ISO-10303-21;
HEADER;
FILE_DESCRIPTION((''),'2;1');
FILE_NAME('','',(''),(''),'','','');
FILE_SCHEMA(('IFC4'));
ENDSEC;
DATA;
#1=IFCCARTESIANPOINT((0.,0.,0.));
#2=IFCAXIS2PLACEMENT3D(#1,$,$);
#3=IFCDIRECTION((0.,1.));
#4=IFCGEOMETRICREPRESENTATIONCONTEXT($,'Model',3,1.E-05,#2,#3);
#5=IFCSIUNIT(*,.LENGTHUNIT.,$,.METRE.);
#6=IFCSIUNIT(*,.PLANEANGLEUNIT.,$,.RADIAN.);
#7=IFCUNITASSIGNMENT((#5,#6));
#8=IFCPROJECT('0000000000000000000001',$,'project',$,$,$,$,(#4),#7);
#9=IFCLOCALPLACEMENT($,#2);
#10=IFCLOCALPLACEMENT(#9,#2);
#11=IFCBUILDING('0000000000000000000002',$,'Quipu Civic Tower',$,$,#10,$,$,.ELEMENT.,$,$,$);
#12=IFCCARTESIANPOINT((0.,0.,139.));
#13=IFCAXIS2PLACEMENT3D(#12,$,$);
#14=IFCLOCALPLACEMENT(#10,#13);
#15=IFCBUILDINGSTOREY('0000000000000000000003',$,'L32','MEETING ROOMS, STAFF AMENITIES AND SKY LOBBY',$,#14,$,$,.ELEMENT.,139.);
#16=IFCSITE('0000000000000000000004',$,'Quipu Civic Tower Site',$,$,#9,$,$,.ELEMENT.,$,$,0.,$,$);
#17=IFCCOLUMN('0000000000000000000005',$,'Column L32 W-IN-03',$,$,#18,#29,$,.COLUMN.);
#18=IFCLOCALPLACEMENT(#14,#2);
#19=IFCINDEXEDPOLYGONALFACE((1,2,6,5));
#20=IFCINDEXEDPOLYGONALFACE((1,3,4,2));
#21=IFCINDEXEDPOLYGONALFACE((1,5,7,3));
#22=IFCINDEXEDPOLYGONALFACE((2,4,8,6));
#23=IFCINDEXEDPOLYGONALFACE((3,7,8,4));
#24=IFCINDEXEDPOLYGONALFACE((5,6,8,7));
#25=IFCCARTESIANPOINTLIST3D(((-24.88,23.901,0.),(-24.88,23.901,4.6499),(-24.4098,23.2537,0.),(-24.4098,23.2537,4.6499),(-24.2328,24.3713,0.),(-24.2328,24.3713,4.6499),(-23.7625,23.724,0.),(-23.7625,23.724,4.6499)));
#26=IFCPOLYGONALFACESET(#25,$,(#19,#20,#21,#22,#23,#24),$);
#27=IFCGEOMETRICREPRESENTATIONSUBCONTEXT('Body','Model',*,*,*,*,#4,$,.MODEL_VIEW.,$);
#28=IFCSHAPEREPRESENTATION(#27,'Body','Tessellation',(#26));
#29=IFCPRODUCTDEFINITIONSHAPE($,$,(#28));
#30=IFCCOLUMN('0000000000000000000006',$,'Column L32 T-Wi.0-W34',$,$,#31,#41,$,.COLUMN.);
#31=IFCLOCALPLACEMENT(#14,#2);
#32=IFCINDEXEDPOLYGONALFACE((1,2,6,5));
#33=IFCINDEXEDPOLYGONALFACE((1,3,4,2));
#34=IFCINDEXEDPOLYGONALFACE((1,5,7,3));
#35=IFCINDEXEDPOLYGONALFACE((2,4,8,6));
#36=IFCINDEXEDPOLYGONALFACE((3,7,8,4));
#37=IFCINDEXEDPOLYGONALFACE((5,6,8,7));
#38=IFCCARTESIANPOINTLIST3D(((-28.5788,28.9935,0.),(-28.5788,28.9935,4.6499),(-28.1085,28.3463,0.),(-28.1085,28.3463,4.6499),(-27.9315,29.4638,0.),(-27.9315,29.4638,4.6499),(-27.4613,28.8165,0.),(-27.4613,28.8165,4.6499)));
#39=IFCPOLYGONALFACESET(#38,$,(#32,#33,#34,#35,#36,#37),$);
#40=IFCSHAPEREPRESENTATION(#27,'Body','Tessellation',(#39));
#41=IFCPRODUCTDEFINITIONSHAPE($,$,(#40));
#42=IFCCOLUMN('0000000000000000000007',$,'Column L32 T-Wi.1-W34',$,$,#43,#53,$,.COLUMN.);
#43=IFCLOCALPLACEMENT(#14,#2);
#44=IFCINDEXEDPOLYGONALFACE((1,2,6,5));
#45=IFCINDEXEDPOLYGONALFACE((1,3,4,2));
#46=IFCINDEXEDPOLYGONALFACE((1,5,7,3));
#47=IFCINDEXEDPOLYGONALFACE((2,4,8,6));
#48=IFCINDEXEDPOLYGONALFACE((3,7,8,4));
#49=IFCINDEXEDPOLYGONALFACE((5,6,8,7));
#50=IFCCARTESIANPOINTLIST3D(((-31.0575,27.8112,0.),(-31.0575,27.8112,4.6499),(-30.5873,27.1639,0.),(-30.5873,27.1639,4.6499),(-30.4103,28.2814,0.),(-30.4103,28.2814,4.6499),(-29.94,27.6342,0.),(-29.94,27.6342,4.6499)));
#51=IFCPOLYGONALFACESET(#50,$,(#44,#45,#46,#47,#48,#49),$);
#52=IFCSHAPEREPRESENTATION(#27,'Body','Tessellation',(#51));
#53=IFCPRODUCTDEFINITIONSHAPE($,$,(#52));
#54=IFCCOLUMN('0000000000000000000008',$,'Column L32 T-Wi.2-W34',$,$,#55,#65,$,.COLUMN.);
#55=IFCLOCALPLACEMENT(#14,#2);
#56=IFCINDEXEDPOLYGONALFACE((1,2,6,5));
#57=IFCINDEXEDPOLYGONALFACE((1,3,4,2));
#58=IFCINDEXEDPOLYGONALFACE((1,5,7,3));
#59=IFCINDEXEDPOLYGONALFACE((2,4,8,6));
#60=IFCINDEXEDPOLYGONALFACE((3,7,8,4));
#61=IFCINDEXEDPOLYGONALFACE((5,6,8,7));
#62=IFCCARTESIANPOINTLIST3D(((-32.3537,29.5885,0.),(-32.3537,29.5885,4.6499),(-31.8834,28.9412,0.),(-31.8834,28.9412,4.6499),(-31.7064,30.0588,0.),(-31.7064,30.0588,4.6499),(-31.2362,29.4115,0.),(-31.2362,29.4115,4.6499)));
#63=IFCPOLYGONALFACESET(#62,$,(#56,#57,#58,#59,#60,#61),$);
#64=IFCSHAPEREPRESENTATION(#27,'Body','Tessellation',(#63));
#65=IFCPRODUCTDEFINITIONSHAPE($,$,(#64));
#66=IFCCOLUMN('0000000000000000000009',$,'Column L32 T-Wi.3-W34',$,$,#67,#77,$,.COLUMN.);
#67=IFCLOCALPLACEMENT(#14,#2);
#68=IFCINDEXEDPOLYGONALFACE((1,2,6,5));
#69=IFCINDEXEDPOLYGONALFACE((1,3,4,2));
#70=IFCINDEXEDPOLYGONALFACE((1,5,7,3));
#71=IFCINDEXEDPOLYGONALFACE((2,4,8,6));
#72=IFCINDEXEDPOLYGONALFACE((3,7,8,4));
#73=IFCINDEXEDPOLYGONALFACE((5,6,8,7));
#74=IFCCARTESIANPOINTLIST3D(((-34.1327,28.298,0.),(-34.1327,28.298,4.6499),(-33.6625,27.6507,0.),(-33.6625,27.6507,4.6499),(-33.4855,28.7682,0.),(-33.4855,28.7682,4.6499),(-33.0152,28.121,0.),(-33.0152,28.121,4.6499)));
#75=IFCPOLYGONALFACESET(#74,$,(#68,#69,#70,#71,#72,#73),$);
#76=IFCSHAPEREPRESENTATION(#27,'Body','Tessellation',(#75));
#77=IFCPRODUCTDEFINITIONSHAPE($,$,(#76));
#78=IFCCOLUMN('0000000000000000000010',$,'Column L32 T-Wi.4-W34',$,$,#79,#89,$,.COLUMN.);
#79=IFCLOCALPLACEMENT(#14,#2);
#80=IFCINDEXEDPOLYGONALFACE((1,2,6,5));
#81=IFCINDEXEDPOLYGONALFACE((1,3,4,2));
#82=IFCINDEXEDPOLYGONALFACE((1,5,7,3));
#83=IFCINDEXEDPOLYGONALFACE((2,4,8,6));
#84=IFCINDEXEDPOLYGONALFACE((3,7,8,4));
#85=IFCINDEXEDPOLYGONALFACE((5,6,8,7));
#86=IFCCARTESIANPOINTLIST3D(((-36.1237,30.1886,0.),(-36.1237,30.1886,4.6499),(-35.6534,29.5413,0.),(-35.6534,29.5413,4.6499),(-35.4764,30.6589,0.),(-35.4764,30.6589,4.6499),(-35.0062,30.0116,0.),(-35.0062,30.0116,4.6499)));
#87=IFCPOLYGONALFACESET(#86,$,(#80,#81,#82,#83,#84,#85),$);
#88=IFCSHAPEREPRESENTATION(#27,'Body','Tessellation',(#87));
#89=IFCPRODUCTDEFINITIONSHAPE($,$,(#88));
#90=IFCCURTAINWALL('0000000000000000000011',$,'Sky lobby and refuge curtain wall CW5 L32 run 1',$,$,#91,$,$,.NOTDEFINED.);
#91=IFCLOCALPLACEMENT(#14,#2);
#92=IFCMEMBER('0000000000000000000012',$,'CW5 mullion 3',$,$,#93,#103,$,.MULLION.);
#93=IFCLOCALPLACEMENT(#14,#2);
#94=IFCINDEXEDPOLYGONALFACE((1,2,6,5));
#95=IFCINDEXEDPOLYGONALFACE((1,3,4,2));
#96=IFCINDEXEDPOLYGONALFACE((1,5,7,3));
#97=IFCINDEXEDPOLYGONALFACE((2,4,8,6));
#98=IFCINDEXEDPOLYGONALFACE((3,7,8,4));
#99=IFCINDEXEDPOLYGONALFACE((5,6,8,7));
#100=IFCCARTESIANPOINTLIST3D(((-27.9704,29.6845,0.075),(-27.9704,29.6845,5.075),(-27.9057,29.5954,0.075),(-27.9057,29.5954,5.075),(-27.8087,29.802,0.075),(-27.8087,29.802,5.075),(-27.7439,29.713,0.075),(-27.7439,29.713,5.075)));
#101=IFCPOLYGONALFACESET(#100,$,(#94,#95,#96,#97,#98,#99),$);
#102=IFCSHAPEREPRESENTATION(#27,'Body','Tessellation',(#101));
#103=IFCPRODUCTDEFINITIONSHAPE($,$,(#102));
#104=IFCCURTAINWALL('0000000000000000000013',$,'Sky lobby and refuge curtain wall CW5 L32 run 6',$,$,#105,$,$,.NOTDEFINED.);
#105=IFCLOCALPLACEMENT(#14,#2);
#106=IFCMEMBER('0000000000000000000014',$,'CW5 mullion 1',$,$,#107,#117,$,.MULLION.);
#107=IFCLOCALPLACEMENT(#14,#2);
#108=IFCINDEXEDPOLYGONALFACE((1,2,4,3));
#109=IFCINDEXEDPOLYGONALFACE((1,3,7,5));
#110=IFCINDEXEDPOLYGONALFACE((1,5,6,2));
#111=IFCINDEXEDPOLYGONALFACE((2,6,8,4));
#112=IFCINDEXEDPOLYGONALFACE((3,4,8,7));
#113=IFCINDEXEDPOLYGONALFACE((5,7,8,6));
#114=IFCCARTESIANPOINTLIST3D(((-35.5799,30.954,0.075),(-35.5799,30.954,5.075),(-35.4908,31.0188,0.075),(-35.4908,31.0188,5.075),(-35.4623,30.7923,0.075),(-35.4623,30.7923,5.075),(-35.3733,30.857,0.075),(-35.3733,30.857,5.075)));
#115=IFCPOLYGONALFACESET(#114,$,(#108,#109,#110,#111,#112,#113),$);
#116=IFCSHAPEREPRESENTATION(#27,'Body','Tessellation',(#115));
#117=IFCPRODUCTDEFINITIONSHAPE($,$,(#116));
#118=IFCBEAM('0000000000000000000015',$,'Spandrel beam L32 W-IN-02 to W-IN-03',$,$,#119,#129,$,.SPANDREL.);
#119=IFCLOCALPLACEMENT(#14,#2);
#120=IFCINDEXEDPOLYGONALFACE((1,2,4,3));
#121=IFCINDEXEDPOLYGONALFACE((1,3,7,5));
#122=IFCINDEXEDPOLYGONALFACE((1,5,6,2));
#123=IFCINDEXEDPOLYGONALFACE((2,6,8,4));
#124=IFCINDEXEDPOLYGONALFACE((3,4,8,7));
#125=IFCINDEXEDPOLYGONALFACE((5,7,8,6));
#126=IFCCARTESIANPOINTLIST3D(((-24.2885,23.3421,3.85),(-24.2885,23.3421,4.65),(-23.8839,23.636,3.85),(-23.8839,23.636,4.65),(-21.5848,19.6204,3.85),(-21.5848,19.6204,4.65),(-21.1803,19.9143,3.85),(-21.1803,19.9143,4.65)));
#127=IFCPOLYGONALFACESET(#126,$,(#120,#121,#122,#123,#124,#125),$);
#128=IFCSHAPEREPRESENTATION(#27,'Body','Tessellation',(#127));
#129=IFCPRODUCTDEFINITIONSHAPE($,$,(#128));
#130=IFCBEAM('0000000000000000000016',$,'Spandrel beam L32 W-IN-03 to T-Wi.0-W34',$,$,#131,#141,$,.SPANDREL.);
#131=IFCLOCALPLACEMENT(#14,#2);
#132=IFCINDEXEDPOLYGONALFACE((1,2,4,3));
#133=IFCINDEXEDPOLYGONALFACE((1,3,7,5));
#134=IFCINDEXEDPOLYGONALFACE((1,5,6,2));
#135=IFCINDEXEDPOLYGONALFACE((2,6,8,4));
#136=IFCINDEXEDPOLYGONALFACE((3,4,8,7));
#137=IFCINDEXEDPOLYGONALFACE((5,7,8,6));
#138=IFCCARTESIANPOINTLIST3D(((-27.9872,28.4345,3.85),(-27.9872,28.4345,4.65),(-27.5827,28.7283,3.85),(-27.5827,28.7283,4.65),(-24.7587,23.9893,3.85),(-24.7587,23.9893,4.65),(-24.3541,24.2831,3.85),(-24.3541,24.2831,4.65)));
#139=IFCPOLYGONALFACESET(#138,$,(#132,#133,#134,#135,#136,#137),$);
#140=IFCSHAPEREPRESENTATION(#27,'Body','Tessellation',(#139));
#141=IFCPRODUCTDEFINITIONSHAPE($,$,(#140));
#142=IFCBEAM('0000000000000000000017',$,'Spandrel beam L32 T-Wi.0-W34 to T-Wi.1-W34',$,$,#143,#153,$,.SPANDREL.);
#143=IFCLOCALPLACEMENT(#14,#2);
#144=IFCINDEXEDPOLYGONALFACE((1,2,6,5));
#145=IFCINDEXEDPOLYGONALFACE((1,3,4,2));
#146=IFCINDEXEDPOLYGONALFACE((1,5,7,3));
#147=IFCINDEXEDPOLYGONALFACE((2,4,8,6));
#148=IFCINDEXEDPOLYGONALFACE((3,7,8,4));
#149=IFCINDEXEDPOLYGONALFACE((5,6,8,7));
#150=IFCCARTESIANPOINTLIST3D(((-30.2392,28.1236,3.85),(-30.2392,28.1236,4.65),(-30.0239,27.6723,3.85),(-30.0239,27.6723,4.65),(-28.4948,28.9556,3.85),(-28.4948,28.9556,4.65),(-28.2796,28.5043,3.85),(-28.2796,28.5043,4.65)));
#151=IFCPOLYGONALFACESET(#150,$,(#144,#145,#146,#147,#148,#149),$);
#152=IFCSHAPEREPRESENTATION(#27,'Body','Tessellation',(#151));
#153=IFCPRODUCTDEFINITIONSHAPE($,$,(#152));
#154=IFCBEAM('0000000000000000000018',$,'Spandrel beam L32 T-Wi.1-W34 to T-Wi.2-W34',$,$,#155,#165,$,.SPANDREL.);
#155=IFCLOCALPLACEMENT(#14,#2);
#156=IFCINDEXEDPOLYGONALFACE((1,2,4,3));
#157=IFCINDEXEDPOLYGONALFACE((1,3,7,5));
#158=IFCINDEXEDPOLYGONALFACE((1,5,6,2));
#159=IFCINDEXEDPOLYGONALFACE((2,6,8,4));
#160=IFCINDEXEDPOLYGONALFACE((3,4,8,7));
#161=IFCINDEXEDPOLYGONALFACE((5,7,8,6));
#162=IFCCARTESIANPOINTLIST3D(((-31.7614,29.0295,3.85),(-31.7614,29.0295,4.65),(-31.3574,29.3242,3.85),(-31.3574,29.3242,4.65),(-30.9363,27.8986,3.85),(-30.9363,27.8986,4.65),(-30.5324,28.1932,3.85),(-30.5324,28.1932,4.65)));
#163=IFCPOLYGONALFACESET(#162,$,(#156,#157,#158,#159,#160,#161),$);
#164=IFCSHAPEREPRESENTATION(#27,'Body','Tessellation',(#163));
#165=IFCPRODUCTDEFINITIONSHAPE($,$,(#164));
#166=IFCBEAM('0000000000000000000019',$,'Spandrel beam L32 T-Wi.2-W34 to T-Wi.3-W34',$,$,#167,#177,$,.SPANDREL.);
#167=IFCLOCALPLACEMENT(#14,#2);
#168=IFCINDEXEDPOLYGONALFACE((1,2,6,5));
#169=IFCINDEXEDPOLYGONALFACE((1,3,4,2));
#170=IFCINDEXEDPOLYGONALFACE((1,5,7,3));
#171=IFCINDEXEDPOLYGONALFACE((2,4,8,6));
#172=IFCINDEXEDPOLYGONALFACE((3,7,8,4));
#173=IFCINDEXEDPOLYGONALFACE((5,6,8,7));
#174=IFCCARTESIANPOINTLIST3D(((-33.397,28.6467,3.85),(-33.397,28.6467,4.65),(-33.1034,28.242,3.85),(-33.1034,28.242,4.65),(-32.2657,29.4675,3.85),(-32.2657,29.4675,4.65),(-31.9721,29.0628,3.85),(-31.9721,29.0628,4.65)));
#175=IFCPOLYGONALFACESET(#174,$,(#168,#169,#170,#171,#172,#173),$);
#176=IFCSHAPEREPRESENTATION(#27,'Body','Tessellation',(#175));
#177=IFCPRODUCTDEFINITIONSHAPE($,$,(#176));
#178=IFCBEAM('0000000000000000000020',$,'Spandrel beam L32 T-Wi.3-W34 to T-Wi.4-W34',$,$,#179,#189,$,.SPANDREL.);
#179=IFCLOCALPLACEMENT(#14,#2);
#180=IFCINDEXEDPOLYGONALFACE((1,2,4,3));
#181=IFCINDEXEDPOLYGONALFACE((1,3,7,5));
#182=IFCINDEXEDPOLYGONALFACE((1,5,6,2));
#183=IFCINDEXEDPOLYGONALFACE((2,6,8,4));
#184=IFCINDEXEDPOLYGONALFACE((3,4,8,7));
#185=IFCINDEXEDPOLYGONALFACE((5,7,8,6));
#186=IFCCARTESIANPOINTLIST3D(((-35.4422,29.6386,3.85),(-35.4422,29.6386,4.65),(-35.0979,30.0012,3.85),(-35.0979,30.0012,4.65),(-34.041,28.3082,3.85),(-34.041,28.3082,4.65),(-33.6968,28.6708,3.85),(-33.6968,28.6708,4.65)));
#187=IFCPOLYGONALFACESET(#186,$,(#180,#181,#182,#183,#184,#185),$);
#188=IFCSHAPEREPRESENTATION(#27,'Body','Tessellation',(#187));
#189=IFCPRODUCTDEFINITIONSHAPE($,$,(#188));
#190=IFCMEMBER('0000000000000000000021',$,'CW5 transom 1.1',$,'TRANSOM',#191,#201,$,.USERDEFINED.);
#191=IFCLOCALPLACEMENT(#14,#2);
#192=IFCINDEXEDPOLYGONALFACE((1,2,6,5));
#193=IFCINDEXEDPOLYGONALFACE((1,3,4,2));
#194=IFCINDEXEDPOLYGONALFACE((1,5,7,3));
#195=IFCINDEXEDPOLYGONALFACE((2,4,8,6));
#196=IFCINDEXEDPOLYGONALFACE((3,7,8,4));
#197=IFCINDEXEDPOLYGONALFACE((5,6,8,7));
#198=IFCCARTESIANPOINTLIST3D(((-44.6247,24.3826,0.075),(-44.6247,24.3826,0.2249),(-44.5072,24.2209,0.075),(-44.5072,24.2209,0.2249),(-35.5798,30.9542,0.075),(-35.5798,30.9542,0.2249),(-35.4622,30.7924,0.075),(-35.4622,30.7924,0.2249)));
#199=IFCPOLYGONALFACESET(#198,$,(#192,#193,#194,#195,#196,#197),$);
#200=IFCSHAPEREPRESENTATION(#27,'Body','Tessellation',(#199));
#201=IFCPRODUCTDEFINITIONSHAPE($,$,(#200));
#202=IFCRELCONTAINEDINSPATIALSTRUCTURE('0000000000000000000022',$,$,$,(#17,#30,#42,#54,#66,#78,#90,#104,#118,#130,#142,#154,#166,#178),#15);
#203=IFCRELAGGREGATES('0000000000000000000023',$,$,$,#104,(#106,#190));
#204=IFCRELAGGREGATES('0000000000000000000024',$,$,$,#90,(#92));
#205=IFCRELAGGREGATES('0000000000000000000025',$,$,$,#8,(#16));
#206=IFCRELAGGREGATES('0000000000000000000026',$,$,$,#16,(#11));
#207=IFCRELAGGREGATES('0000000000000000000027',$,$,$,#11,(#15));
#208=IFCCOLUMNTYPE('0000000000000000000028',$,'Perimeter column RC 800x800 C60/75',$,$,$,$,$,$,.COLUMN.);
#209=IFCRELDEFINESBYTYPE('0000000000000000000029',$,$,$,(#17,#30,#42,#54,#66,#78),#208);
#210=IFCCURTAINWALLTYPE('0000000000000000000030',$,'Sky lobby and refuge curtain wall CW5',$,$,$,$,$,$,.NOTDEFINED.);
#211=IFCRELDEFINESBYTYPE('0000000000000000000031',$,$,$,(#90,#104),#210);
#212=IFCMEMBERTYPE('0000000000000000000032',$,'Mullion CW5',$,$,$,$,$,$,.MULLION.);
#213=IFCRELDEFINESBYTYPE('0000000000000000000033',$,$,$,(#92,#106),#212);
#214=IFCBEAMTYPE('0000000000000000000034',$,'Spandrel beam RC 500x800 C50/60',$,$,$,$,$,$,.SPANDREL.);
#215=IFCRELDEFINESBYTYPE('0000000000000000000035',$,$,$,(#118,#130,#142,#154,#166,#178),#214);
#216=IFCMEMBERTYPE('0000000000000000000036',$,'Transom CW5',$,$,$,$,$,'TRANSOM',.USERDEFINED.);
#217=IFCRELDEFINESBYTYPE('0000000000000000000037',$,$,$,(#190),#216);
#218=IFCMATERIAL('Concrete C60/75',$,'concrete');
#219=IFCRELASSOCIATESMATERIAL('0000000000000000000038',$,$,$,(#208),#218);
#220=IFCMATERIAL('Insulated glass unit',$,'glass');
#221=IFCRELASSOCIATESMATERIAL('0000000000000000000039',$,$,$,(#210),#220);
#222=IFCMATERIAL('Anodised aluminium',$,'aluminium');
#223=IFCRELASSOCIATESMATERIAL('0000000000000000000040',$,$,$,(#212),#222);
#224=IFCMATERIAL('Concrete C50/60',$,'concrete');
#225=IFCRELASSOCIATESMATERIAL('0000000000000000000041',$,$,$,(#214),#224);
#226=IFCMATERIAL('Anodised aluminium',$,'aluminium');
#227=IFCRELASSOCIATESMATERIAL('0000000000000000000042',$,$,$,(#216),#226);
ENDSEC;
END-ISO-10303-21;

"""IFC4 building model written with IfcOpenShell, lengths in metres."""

from ifc_helpers import new_model, si_unit, direction, frame, origin, origin_2d, place, context, subcontext, project, spatial, rectangle, extrude, material, material_profile, profile_set, type_object, element, aggregate, save


model = new_model("IFC4")

# Units and contexts
model_context = context("Model", 3, precision=1e-05, world=origin(), true_north=direction((0.0, 1.0)))
body_context = subcontext(model_context, "Body", "Model", "MODEL_VIEW")
ifc_project = project(units=[si_unit("LENGTHUNIT", "METRE"), si_unit("PLANEANGLEUNIT", "RADIAN")], contexts=[model_context])

# Site, building, storey
site_placement = place(None, origin())
site = spatial("IfcSite", under=ifc_project, at=site_placement, Name="Quipu Civic Tower Site", CompositionType="ELEMENT", RefElevation=0.0)
building_placement = place(site_placement, origin())
building = spatial("IfcBuilding", under=site, at=building_placement, Name="Quipu Civic Tower", CompositionType="ELEMENT")
storey_placement = place(building_placement, frame((0.0, 0.0, 139.0)))
storey = spatial("IfcBuildingStorey", under=building, at=storey_placement, Name="L32", Description="MEETING ROOMS, STAFF AMENITIES AND SKY LOBBY", CompositionType="ELEMENT", Elevation=139.0)

# Columns
ifc_material_1 = material(Name="Concrete C60/75", Category="concrete")
ifc_material_profile_1 = material_profile(ifc_material_1, rectangle(XDim=0.8, YDim=0.8, at=origin_2d()), Name="RC800x800")
ifc_profile_set_1 = profile_set([ifc_material_profile_1], Name="Concrete C60/75")
column_type = type_object("IfcColumnType", Name="Perimeter column RC 800x800 C60/75", PredefinedType="COLUMN", material=ifc_profile_set_1)
for number, where, z_axis, x_axis, name in (
    (1, (-24.3213, 23.8125, 0.0), (0.0, 0.0, 1.0), (-0.587785, 0.809017, 0.0), "Column L32 W-IN-03"),
    (2, (-28.02, 28.905, 0.0), (0.0, 0.0, 1.0), (-0.809017, -0.587785, 0.0), "Column L32 T-Wi.0-W34"),
    (3, (-30.4988, 27.7227, 0.0), (0.0, 0.0, 1.0), (-0.809017, -0.587785, 0.0), "Column L32 T-Wi.1-W34"),
    (4, (-31.7949, 29.5, 0.0), (0.0, 0.0, 1.0), (-0.587785, 0.809017, 0.0), "Column L32 T-Wi.2-W34"),
    (5, (-33.574, 28.2095, 0.0), (0.0, 0.0, 1.0), (-0.587785, 0.809017, 0.0), "Column L32 T-Wi.3-W34"),
    (6, (-35.5649, 30.1001, 0.0), (0.0, 0.0, 1.0), (-0.809017, -0.587785, 0.0), "Column L32 T-Wi.4-W34"),
):
    element("IfcColumn", number, at=place(storey_placement, frame(where, z_axis=z_axis, x_axis=x_axis)), inside=storey, type_object=column_type, Name=name, PredefinedType="COLUMN", context=body_context, shape_type="SweptSolid", body=[
        extrude(rectangle(XDim=0.8, YDim=0.8, at=origin_2d()), origin(), (0.0, 0.0, 1.0), 4.6499),
    ])

# Curtain walls, members
ifc_material_2 = material(Name="Insulated glass unit", Category="glass")
curtain_wall_type = type_object("IfcCurtainWallType", Name="Sky lobby and refuge curtain wall CW5", PredefinedType="NOTDEFINED", material=ifc_material_2)
curtain_wall_1_placement = place(storey_placement, origin())
curtain_wall_1 = element("IfcCurtainWall", 7, at=curtain_wall_1_placement, inside=storey, type_object=curtain_wall_type, Name="Sky lobby and refuge curtain wall CW5 L32 run 1", PredefinedType="NOTDEFINED")
ifc_material_3 = material(Name="Anodised aluminium", Category="aluminium")
ifc_material_profile_2 = material_profile(ifc_material_3, rectangle(XDim=0.2, YDim=0.1101, at=origin_2d()), Name="RECT 200x110")
ifc_profile_set_2 = profile_set([ifc_material_profile_2], Name="Anodised aluminium")
member_type_1 = type_object("IfcMemberType", Name="Mullion CW5", PredefinedType="MULLION", material=ifc_profile_set_2)
member_1_placement = place(storey_placement, frame((-27.8572, 29.6987, 0.075), z_axis=(0.0, 0.0, 1.0), x_axis=(-0.809014, -0.587789, 0.0)))
member_1 = element("IfcMember", 8, at=member_1_placement, type_object=member_type_1, Name="CW5 mullion 3", PredefinedType="MULLION", context=body_context, shape_type="SweptSolid", body=[
    extrude(rectangle(XDim=0.2, YDim=0.1101, at=origin_2d()), origin(), (0.0, 0.0, 1.0), 5.0),
])
curtain_wall_2_placement = place(storey_placement, origin())
curtain_wall_2 = element("IfcCurtainWall", 9, at=curtain_wall_2_placement, inside=storey, type_object=curtain_wall_type, Name="Sky lobby and refuge curtain wall CW5 L32 run 6", PredefinedType="NOTDEFINED")
member_2_placement = place(storey_placement, frame((-35.4766, 30.9055, 0.075), z_axis=(0.0, 0.0, 1.0), x_axis=(0.587788, -0.809015, 0.0)))
member_2 = element("IfcMember", 10, at=member_2_placement, type_object=member_type_1, Name="CW5 mullion 1", PredefinedType="MULLION", context=body_context, shape_type="SweptSolid", body=[
    extrude(rectangle(XDim=0.2, YDim=0.1101, at=origin_2d()), origin(), (0.0, 0.0, 1.0), 5.0),
])

# Beams
ifc_material_4 = material(Name="Concrete C50/60", Category="concrete")
ifc_material_profile_3 = material_profile(ifc_material_4, rectangle(XDim=0.5, YDim=0.8, at=origin_2d()), Name="RC500x800")
ifc_profile_set_3 = profile_set([ifc_material_profile_3], Name="Concrete C50/60")
beam_type = type_object("IfcBeamType", Name="Spandrel beam RC 500x800 C50/60", PredefinedType="SPANDREL", material=ifc_profile_set_3)
beam_1_placement = place(storey_placement, frame((-21.3826, 19.7673, 4.25), z_axis=(-0.587736, 0.809053, 0.0), x_axis=(-0.809053, -0.587736, 0.0)))
element("IfcBeam", 11, at=beam_1_placement, inside=storey, type_object=beam_type, Name="Spandrel beam L32 W-IN-02 to W-IN-03", PredefinedType="SPANDREL", context=body_context, shape_type="SweptSolid", body=[
    extrude(rectangle(XDim=0.5, YDim=0.8, at=origin_2d()), origin(), (0.0, 0.0, 1.0), 4.6001),
])
beam_2_placement = place(storey_placement, frame((-24.5564, 24.1362, 4.25), z_axis=(-0.587664, 0.809105, 0.0), x_axis=(-0.809105, -0.587664, 0.0)))
element("IfcBeam", 12, at=beam_2_placement, inside=storey, type_object=beam_type, Name="Spandrel beam L32 W-IN-03 to T-Wi.0-W34", PredefinedType="SPANDREL", context=body_context, shape_type="SweptSolid", body=[
    extrude(rectangle(XDim=0.5, YDim=0.8, at=origin_2d()), origin(), (0.0, 0.0, 1.0), 5.4939),
])
beam_3_placement = place(storey_placement, frame((-28.3872, 28.73, 4.25), z_axis=(-0.902585, -0.430512, 0.0), x_axis=(0.430512, -0.902585, 0.0)))
element("IfcBeam", 13, at=beam_3_placement, inside=storey, type_object=beam_type, Name="Spandrel beam L32 T-Wi.0-W34 to T-Wi.1-W34", PredefinedType="SPANDREL", context=body_context, shape_type="SweptSolid", body=[
    extrude(rectangle(XDim=0.5, YDim=0.8, at=origin_2d()), origin(), (0.0, 0.0, 1.0), 1.9326),
])
beam_4_placement = place(storey_placement, frame((-30.7344, 28.0459, 4.25), z_axis=(-0.589343, 0.807883, 0.0), x_axis=(-0.807883, -0.589343, 0.0)))
element("IfcBeam", 14, at=beam_4_placement, inside=storey, type_object=beam_type, Name="Spandrel beam L32 T-Wi.1-W34 to T-Wi.2-W34", PredefinedType="SPANDREL", context=body_context, shape_type="SweptSolid", body=[
    extrude(rectangle(XDim=0.5, YDim=0.8, at=origin_2d()), origin(), (0.0, 0.0, 1.0), 1.3999),
])
beam_5_placement = place(storey_placement, frame((-32.1189, 29.2651, 4.25), z_axis=(-0.809415, -0.587237, 0.0), x_axis=(0.587237, -0.809415, 0.0)))
element("IfcBeam", 15, at=beam_5_placement, inside=storey, type_object=beam_type, Name="Spandrel beam L32 T-Wi.2-W34 to T-Wi.3-W34", PredefinedType="SPANDREL", context=body_context, shape_type="SweptSolid", body=[
    extrude(rectangle(XDim=0.5, YDim=0.8, at=origin_2d()), origin(), (0.0, 0.0, 1.0), 1.3977),
])
beam_6_placement = place(storey_placement, frame((-33.8689, 28.4895, 4.25), z_axis=(-0.725192, 0.688547, 0.0), x_axis=(-0.688547, -0.725192, 0.0)))
element("IfcBeam", 16, at=beam_6_placement, inside=storey, type_object=beam_type, Name="Spandrel beam L32 T-Wi.3-W34 to T-Wi.4-W34", PredefinedType="SPANDREL", context=body_context, shape_type="SweptSolid", body=[
    extrude(rectangle(XDim=0.5, YDim=0.8, at=origin_2d()), origin(), (0.0, 0.0, 1.0), 1.9321),
])

# Member
ifc_material_5 = material(Name="Anodised aluminium", Category="aluminium")
ifc_material_profile_4 = material_profile(ifc_material_5, rectangle(XDim=0.2, YDim=0.1499, at=origin_2d()), Name="RECT 200x150")
ifc_profile_set_4 = profile_set([ifc_material_profile_4], Name="Anodised aluminium")
member_type_2 = type_object("IfcMemberType", Name="Transom CW5", ElementType="TRANSOM", PredefinedType="USERDEFINED", material=ifc_profile_set_4)
member_3_placement = place(storey_placement, frame((-35.521, 30.8733, 0.1499), z_axis=(-0.809016, -0.587786, 0.0), x_axis=(0.587786, -0.809016, 0.0)))
member_3 = element("IfcMember", 17, at=member_3_placement, type_object=member_type_2, Name="CW5 transom 1.1", ObjectType="TRANSOM", PredefinedType="USERDEFINED", context=body_context, shape_type="SweptSolid", body=[
    extrude(rectangle(XDim=0.2, YDim=0.1499, at=origin_2d()), origin(), (0.0, 0.0, 1.0), 11.1802),
])
aggregate(curtain_wall_2, [member_2, member_3])

aggregate(curtain_wall_1, [member_1])

save(model, "model.ifc")
